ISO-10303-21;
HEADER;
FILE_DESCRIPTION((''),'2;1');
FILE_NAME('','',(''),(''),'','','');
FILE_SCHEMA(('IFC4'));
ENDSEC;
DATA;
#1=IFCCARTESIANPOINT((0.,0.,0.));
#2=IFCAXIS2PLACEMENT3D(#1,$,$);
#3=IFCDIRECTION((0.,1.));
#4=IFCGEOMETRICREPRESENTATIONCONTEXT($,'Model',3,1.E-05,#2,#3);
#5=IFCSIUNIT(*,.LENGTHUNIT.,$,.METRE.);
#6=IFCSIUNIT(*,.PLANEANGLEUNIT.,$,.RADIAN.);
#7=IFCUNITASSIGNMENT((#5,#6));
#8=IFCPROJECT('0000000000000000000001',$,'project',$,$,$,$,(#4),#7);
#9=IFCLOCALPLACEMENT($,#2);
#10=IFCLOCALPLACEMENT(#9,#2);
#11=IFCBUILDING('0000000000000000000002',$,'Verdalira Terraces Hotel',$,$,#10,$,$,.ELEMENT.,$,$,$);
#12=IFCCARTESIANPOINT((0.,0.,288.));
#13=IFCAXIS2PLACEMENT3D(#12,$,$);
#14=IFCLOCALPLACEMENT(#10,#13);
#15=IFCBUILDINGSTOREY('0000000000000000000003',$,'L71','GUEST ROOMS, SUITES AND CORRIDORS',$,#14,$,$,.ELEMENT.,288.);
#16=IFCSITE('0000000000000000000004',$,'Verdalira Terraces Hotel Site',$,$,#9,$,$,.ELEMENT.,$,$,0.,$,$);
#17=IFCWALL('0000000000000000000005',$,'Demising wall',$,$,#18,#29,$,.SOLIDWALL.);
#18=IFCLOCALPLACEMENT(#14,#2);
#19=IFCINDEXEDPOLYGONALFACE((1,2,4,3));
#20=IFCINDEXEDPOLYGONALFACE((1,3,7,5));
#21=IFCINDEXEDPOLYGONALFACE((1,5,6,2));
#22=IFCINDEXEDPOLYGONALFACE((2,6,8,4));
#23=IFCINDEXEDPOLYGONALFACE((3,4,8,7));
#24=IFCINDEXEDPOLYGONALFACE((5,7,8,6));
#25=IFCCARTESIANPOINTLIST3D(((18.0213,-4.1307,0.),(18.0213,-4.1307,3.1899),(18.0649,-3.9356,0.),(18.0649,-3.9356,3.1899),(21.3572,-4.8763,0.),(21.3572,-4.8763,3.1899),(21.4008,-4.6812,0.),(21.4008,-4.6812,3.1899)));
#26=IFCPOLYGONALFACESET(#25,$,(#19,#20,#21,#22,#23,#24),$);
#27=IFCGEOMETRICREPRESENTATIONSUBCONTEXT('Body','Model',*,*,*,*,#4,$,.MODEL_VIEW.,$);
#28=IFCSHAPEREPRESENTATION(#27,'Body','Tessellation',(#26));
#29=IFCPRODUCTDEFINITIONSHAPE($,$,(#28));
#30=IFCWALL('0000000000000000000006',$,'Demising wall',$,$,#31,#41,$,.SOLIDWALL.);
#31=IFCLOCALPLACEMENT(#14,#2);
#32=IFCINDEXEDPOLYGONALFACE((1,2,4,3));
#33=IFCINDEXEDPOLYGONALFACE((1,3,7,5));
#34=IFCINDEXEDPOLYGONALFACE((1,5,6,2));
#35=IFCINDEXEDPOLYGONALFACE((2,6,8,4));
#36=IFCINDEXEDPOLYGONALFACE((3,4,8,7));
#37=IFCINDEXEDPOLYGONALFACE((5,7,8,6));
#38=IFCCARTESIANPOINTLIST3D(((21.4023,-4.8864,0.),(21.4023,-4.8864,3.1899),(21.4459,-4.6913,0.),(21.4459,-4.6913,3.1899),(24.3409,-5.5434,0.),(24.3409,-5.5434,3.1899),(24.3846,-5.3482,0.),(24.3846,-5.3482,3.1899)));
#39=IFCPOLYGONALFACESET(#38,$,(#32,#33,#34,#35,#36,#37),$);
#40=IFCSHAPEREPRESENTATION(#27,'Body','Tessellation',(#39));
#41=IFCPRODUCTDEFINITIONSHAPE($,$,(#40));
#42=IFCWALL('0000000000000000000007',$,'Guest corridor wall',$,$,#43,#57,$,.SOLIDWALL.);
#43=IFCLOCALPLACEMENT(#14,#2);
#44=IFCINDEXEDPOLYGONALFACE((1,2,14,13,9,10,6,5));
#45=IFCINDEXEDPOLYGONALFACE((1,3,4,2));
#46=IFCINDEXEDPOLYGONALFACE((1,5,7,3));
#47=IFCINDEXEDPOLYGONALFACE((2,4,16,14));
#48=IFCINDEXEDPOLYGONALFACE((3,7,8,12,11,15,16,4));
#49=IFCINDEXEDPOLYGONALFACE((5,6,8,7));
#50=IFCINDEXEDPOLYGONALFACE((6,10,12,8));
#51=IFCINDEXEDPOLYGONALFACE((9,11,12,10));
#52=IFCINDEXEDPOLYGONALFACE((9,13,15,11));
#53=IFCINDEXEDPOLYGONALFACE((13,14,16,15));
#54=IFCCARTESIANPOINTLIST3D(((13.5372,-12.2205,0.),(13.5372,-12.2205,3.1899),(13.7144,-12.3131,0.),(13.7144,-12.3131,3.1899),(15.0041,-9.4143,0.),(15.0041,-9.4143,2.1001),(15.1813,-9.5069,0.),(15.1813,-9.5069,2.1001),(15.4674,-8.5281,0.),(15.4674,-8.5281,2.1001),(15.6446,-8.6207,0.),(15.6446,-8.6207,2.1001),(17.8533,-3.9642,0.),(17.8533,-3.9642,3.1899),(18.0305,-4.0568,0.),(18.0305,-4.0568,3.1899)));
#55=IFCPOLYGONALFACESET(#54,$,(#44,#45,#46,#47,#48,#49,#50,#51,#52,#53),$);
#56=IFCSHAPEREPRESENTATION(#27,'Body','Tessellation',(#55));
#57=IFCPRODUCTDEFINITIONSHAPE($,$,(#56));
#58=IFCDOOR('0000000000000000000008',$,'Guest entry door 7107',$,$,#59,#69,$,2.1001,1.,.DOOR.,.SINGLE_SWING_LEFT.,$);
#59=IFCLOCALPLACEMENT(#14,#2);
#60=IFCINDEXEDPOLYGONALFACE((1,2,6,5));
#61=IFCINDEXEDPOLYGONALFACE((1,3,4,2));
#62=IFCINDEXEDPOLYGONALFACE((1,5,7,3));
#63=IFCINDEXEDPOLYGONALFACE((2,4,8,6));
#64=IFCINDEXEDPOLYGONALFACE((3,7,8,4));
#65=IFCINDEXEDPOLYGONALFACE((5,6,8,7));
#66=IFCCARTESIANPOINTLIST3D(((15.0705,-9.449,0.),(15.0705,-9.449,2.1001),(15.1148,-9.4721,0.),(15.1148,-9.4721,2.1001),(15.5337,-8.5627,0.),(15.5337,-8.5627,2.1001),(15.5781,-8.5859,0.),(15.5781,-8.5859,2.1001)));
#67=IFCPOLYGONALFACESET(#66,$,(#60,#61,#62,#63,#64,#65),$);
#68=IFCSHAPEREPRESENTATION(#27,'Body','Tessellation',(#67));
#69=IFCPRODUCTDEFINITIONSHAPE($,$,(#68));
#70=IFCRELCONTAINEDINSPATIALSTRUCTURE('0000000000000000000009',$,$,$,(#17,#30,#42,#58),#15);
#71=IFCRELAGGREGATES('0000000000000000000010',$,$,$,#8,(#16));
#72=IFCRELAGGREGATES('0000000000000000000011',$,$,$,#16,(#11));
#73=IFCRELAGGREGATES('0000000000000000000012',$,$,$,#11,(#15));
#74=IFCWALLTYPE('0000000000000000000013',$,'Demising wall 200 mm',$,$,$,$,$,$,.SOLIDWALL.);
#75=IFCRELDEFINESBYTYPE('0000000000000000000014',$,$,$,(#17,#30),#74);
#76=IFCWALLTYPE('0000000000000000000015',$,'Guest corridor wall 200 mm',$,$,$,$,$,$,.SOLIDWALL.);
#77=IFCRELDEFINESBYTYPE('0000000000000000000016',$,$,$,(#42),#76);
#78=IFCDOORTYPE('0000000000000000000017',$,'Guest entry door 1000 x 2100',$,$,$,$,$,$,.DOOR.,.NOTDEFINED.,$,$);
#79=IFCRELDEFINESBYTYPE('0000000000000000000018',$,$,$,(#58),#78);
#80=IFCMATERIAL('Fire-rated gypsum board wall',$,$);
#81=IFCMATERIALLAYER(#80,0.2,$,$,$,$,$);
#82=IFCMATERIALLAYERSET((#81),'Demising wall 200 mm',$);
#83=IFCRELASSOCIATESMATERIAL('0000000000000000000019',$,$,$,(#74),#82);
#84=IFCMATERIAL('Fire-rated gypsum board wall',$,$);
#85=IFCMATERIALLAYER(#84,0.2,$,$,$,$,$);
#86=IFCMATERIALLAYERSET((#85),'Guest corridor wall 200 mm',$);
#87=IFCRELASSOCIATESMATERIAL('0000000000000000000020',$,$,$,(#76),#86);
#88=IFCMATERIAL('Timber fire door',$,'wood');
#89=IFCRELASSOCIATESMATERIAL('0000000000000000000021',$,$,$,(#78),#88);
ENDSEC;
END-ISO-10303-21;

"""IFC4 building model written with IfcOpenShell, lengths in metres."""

from ifc_helpers import new_model, si_unit, direction, frame, frame_2d, origin, place, context, subcontext, project, spatial, rectangle, extrude, material, layer, layer_set, type_object, element, fill, save


model = new_model("IFC4")

# Units and contexts
model_context = context("Model", 3, precision=1e-05, world=origin(), true_north=direction((0.0, 1.0)))
body_context = subcontext(model_context, "Body", "Model", "MODEL_VIEW")
ifc_project = project(units=[si_unit("LENGTHUNIT", "METRE"), si_unit("PLANEANGLEUNIT", "RADIAN")], contexts=[model_context])

# Site, building, storey
site_placement = place(None, origin())
site = spatial("IfcSite", under=ifc_project, at=site_placement, Name="Verdalira Terraces Hotel Site", CompositionType="ELEMENT", RefElevation=0.0)
building_placement = place(site_placement, origin())
building = spatial("IfcBuilding", under=site, at=building_placement, Name="Verdalira Terraces Hotel", CompositionType="ELEMENT")
storey_placement = place(building_placement, frame((0.0, 0.0, 288.0)))
storey = spatial("IfcBuildingStorey", under=building, at=storey_placement, Name="L71", Description="GUEST ROOMS, SUITES AND CORRIDORS", CompositionType="ELEMENT", Elevation=288.0)

# Walls
ifc_material_1 = material(Name="Fire-rated gypsum board wall")
ifc_layer_1 = layer(ifc_material_1, 0.2)
ifc_layer_set_1 = layer_set([ifc_layer_1], Name="Demising wall 200 mm")
wall_type_1 = type_object("IfcWallType", Name="Demising wall 200 mm", PredefinedType="SOLIDWALL", material=ifc_layer_set_1)
wall_1_placement = place(storey_placement, frame((18.0432, -4.0332, 0.0), z_axis=(0.0, 0.0, 1.0), x_axis=(0.975921, -0.218125, 0.0)))
element("IfcWall", 1, at=wall_1_placement, inside=storey, type_object=wall_type_1, Name="Demising wall", PredefinedType="SOLIDWALL", context=body_context, shape_type="SweptSolid", body=[
    extrude(rectangle(XDim=3.4182, YDim=0.2, at=frame_2d((1.709, 0.0))), origin(), (0.0, 0.0, 1.0), 3.1899),
])
wall_2_placement = place(storey_placement, frame((21.4241, -4.7888, 0.0), z_axis=(0.0, 0.0, 1.0), x_axis=(0.97591, -0.218175, 0.0)))
element("IfcWall", 2, at=wall_2_placement, inside=storey, type_object=wall_type_1, Name="Demising wall", PredefinedType="SOLIDWALL", context=body_context, shape_type="SweptSolid", body=[
    extrude(rectangle(XDim=3.0112, YDim=0.2, at=frame_2d((1.5056, 0.0))), origin(), (0.0, 0.0, 1.0), 3.1899),
])

# Wall, opening, door
ifc_material_2 = material(Name="Fire-rated gypsum board wall")
ifc_layer_2 = layer(ifc_material_2, 0.2)
ifc_layer_set_2 = layer_set([ifc_layer_2], Name="Guest corridor wall 200 mm")
wall_type_2 = type_object("IfcWallType", Name="Guest corridor wall 200 mm", PredefinedType="SOLIDWALL", material=ifc_layer_set_2)
wall_3_placement = place(storey_placement, frame((17.9419, -4.0105, 0.0), z_axis=(0.0, 0.0, 1.0), x_axis=(-0.463283, -0.88621, 0.0)))
wall_3 = element("IfcWall", 3, at=wall_3_placement, inside=storey, type_object=wall_type_2, Name="Guest corridor wall", PredefinedType="SOLIDWALL", context=body_context, shape_type="SweptSolid", body=[
    extrude(rectangle(XDim=9.3164, YDim=0.2, at=frame_2d((4.6582, 0.0))), origin(), (0.0, 0.0, 1.0), 3.1899),
])
opening_1_placement = place(wall_3_placement, frame((5.1499, 0.0, 0.0)))
opening_1 = element("IfcOpeningElement", 4, at=opening_1_placement, cuts=wall_3, PredefinedType="OPENING", context=body_context, shape_type="SweptSolid", body=[
    extrude(rectangle(XDim=1.0, YDim=2.1001, at=frame_2d((0.5, 1.05))), frame((0.0, 0.1099, 0.0), z_axis=(0.0, -1.0, 0.0), x_axis=(1.0, 0.0, 0.0)), (0.0, 0.0, 1.0), 0.22),
])
ifc_material_3 = material(Name="Timber fire door", Category="wood")
door_type_1 = type_object("IfcDoorType", Name="Guest entry door 1000 x 2100", OperationType="NOTDEFINED", PredefinedType="DOOR", material=ifc_material_3)
door_1_placement = place(opening_1_placement, origin())
door_1 = element("IfcDoor", 5, at=door_1_placement, inside=storey, type_object=door_type_1, Name="Guest entry door 7107", OperationType="SINGLE_SWING_LEFT", OverallHeight=2.1001, OverallWidth=1.0, PredefinedType="DOOR", context=body_context, shape_type="SweptSolid", body=[
    extrude(rectangle(XDim=1.0, YDim=2.1001, at=frame_2d((0.5, 1.05))), frame((0.0, 0.0249, 0.0), z_axis=(0.0, -1.0, 0.0), x_axis=(1.0, 0.0, 0.0)), (0.0, 0.0, 1.0), 0.05),
])
fill(opening_1, door_1)

save(model, "model.ifc")
